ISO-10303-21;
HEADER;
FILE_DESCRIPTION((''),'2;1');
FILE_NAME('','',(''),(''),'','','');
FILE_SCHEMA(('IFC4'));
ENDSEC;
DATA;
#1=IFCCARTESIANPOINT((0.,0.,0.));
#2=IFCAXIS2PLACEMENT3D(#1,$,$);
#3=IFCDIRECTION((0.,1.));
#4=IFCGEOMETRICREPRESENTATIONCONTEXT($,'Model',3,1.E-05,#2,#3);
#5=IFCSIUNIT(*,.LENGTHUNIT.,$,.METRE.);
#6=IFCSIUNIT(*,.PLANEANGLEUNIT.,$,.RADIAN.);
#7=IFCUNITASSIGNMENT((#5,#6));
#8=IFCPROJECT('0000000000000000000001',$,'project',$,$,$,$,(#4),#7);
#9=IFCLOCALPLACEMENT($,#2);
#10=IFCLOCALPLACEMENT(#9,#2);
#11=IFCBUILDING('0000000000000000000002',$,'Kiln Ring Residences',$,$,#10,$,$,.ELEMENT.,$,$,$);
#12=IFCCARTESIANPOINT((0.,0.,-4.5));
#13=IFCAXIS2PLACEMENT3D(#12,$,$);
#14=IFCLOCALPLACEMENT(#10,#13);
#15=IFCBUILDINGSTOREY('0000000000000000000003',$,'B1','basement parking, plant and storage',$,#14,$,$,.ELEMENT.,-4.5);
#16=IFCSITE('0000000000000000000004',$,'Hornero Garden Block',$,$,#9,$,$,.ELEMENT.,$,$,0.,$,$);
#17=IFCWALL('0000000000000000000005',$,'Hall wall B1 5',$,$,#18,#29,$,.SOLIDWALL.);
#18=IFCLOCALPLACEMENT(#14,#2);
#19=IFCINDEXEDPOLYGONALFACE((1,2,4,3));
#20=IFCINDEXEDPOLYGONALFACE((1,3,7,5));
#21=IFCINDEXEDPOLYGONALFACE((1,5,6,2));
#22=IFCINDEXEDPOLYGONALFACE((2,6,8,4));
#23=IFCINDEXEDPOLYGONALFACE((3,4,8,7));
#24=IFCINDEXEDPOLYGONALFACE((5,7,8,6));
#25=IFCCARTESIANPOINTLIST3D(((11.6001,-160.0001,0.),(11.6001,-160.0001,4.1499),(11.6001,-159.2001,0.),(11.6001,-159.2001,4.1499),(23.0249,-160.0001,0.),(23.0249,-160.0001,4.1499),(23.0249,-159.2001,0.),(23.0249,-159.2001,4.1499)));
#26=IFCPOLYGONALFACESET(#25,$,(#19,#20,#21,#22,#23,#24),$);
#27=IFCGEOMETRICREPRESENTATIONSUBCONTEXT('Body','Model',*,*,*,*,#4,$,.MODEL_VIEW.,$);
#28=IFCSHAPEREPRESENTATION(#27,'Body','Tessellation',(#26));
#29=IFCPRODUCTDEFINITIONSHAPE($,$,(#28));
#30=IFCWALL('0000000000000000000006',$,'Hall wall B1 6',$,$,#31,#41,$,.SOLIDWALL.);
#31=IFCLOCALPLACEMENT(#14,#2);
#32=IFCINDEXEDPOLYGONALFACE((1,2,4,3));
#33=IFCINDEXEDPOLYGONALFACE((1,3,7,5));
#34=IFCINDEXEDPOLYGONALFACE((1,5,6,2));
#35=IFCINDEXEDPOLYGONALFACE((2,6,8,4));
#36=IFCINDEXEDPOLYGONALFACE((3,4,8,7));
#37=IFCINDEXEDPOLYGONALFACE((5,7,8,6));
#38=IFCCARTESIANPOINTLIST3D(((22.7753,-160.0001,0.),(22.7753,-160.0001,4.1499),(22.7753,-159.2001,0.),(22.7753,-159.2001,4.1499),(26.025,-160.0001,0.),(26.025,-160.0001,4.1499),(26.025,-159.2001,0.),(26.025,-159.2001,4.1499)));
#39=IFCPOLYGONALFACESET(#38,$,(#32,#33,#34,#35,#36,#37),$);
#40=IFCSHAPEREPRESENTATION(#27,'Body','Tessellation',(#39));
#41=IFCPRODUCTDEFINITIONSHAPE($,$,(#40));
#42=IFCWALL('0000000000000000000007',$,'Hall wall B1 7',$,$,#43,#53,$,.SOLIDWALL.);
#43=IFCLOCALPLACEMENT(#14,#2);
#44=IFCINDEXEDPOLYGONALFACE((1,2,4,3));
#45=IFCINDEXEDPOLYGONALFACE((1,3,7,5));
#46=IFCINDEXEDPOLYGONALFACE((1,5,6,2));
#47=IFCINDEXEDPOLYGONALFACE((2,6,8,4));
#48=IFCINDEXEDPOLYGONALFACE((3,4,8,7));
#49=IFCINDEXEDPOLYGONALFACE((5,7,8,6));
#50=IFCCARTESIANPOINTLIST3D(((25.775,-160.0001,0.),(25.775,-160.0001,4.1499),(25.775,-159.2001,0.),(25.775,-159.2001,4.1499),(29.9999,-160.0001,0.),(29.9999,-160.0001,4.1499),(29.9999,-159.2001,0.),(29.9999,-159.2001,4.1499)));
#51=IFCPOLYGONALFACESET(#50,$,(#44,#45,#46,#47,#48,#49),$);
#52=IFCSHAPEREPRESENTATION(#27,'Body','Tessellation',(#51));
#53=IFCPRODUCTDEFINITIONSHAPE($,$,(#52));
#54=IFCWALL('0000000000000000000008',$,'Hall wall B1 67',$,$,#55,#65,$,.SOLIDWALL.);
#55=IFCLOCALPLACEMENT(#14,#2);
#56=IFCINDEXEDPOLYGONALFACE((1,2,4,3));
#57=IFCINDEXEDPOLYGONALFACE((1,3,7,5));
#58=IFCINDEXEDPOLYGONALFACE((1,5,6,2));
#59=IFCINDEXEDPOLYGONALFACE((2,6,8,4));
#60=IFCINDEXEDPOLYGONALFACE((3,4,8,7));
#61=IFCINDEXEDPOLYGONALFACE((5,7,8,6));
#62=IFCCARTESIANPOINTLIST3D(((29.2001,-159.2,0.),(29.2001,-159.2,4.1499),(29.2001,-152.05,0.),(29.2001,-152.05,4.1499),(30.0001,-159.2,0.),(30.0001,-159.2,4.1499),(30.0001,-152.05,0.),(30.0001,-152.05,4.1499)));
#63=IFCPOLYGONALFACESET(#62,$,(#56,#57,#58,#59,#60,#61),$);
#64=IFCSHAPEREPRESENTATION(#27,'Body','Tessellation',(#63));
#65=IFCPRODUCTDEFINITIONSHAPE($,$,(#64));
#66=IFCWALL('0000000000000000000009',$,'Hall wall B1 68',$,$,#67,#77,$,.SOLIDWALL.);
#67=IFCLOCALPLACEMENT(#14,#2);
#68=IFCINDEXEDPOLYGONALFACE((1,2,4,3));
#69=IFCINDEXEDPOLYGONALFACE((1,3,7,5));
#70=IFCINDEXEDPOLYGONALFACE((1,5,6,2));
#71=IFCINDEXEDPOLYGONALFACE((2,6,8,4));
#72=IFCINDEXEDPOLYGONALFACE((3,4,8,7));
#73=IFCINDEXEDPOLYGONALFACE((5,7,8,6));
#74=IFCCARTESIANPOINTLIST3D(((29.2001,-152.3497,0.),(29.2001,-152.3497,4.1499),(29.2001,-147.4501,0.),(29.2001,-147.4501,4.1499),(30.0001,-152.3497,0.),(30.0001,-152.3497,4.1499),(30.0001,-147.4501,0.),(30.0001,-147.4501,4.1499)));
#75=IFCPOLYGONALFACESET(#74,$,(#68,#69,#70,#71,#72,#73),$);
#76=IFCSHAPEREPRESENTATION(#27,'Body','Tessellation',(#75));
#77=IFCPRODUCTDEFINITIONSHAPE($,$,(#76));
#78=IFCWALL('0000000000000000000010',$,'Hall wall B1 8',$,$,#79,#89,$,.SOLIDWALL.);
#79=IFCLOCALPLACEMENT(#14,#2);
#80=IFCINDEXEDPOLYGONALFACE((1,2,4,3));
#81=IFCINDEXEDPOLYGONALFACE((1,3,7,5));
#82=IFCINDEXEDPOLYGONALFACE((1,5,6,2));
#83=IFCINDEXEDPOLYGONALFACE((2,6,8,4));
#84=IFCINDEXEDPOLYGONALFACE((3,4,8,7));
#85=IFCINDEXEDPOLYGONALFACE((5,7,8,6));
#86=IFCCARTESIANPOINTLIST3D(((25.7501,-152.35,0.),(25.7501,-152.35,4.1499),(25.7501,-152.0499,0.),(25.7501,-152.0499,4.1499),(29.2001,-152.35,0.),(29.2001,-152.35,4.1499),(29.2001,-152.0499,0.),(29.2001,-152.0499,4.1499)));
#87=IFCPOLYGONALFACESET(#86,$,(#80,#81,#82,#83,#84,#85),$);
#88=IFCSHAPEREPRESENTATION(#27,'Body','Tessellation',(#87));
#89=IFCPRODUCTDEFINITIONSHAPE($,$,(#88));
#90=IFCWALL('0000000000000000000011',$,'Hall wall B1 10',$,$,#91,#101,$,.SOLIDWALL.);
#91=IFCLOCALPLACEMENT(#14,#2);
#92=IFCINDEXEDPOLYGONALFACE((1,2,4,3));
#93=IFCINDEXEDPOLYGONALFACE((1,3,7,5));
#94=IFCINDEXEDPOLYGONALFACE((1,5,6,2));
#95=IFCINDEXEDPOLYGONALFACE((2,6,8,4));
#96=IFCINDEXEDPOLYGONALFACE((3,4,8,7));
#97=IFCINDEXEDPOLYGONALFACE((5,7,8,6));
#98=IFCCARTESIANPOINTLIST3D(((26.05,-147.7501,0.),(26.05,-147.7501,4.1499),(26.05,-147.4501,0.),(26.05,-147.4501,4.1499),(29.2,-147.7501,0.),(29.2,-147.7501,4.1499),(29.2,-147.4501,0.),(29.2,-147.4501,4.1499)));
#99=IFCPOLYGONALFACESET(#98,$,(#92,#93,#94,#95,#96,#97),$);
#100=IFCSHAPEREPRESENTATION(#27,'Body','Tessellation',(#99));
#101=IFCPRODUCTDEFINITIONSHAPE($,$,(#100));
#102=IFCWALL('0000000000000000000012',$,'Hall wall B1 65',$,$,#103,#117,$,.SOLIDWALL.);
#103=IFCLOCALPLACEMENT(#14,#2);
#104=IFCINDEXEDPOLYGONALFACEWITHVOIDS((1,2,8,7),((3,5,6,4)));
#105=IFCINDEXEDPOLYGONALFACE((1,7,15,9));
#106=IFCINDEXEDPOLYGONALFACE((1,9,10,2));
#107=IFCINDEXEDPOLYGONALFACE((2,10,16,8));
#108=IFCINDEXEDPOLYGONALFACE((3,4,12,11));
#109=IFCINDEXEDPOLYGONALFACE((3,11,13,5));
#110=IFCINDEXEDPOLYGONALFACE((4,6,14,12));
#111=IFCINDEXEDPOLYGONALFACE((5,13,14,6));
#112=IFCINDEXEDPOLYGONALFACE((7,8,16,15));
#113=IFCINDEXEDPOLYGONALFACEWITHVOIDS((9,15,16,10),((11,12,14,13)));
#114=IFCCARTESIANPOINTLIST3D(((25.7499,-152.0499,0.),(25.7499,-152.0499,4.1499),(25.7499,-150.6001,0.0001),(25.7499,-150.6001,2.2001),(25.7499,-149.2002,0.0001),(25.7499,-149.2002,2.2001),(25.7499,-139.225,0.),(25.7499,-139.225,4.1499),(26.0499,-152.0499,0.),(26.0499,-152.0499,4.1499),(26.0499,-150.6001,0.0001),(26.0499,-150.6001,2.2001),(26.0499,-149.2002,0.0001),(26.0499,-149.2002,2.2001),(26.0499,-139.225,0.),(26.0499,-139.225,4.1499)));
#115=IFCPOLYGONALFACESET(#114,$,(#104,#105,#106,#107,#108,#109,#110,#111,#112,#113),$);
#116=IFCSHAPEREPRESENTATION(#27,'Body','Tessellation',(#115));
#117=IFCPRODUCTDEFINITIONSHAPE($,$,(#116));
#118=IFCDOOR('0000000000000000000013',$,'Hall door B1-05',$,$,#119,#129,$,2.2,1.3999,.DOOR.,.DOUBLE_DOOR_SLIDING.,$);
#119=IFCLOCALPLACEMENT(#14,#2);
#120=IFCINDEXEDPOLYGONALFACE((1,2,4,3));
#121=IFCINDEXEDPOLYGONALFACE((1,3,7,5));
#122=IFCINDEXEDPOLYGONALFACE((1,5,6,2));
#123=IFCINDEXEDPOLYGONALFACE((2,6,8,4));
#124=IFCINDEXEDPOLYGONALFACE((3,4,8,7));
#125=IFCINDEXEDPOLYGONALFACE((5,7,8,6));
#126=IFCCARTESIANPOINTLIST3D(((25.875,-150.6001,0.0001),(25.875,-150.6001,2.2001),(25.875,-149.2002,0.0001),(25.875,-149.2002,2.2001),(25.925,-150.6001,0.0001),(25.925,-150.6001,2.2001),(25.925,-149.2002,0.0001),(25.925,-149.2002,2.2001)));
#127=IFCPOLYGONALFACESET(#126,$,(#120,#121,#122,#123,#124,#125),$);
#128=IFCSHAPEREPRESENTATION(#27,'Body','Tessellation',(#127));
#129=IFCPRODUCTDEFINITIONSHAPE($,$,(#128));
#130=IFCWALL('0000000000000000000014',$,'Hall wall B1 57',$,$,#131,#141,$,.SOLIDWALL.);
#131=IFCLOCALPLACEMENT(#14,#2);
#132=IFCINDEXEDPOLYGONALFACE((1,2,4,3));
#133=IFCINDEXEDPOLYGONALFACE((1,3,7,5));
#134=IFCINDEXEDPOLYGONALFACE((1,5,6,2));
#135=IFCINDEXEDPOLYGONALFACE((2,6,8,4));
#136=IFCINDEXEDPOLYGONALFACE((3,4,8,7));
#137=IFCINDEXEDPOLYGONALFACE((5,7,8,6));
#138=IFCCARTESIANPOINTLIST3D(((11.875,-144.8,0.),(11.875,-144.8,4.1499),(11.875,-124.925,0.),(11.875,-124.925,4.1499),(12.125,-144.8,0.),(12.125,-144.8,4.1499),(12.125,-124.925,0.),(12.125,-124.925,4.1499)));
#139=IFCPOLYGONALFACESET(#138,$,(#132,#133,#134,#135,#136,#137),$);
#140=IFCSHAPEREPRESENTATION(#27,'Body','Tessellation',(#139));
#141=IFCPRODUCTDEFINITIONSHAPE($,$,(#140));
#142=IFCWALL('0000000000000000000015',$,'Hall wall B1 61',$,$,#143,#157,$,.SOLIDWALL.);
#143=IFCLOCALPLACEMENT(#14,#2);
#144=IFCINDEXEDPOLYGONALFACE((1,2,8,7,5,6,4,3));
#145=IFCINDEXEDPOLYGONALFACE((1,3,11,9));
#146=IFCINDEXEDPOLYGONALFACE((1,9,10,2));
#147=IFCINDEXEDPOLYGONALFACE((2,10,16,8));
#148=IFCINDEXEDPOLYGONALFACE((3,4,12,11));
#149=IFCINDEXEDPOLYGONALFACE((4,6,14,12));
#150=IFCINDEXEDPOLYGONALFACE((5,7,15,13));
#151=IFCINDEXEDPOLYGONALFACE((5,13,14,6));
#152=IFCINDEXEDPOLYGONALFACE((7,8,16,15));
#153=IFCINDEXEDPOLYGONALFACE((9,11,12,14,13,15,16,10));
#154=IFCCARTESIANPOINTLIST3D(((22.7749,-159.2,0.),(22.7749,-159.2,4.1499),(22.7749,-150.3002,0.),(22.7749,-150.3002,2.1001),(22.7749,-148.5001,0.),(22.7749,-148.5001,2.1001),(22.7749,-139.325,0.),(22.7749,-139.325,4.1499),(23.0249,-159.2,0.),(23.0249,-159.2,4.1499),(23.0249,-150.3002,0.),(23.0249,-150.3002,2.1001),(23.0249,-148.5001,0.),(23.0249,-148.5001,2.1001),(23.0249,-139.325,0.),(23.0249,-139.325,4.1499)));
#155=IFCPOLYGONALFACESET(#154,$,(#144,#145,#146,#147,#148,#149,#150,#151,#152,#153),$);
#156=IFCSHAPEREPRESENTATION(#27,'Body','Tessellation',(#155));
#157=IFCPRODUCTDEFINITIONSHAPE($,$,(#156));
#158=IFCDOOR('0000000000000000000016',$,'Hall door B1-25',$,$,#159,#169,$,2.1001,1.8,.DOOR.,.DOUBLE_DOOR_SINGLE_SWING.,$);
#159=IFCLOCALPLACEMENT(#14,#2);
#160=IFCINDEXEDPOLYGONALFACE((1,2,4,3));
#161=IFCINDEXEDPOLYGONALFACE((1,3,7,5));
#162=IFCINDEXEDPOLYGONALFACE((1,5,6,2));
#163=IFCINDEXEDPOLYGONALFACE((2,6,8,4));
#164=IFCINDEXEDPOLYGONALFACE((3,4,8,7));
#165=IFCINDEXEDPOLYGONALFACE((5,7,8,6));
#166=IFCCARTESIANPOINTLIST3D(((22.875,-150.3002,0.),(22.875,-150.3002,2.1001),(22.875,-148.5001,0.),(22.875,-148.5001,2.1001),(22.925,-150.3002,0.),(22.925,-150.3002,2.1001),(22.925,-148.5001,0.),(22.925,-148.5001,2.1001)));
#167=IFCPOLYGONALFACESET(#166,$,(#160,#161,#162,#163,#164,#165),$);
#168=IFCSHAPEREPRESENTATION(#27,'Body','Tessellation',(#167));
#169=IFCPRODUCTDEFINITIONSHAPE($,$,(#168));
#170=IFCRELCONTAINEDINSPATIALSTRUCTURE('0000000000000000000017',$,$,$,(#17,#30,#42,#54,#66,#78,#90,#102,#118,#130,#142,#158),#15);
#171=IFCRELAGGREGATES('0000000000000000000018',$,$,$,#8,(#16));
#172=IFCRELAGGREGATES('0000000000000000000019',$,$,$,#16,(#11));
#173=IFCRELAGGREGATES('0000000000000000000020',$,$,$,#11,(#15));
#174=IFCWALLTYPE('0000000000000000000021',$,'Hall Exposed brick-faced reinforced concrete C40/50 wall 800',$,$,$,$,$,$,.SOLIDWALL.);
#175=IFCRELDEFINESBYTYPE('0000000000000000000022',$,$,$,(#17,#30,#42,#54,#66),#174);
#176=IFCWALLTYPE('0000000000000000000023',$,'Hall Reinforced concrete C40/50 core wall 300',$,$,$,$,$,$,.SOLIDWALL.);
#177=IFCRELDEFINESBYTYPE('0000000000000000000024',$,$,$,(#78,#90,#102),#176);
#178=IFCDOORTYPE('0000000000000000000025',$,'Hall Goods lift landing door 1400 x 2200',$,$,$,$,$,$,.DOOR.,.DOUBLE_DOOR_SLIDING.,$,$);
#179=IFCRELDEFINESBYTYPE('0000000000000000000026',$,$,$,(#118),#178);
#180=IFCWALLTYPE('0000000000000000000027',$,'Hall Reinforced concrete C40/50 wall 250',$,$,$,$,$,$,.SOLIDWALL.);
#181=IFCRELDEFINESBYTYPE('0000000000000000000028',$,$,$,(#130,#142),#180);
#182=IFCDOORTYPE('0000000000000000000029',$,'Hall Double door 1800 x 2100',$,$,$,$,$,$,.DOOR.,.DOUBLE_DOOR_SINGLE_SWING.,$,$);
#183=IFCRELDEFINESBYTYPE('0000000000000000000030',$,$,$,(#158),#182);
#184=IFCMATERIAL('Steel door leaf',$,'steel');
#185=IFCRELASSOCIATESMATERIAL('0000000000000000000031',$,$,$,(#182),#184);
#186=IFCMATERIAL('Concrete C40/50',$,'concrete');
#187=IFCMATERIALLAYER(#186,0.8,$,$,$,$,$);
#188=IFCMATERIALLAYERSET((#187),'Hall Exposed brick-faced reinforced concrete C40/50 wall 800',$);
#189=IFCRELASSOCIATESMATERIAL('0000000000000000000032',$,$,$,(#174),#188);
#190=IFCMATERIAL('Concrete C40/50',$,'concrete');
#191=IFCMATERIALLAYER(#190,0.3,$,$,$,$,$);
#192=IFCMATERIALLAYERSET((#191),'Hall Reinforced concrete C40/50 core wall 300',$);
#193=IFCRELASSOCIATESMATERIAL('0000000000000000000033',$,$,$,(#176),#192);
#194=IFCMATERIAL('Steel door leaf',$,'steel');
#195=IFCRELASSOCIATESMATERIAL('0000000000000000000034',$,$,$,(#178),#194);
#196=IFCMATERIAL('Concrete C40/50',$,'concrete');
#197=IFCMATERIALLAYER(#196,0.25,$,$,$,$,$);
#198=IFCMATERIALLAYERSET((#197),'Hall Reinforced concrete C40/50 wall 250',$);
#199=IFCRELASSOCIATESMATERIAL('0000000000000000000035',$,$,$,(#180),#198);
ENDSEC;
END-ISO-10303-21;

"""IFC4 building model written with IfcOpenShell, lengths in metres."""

from ifc_helpers import new_model, si_unit, direction, frame, frame_2d, origin, place, context, subcontext, project, spatial, rectangle, extrude, material, layer, layer_set, type_object, element, fill, save


model = new_model("IFC4")

# Units and contexts
model_context = context("Model", 3, precision=1e-05, world=origin(), true_north=direction((0.0, 1.0)))
body_context = subcontext(model_context, "Body", "Model", "MODEL_VIEW")
ifc_project = project(units=[si_unit("LENGTHUNIT", "METRE"), si_unit("PLANEANGLEUNIT", "RADIAN")], contexts=[model_context])

# Site, building, storey
site_placement = place(None, origin())
site = spatial("IfcSite", under=ifc_project, at=site_placement, Name="Hornero Garden Block", CompositionType="ELEMENT", RefElevation=0.0)
building_placement = place(site_placement, origin())
building = spatial("IfcBuilding", under=site, at=building_placement, Name="Kiln Ring Residences", CompositionType="ELEMENT")
storey_placement = place(building_placement, frame((0.0, 0.0, -4.5)))
storey = spatial("IfcBuildingStorey", under=building, at=storey_placement, Name="B1", Description="basement parking, plant and storage", CompositionType="ELEMENT", Elevation=-4.5)

# Shared definitions
ifc_material_1 = material(Name="Steel door leaf", Category="steel")
door_type_1 = type_object("IfcDoorType", Name="Hall Double door 1800 x 2100", OperationType="DOUBLE_DOOR_SINGLE_SWING", PredefinedType="DOOR", material=ifc_material_1)

# Walls
ifc_material_2 = material(Name="Concrete C40/50", Category="concrete")
ifc_layer_1 = layer(ifc_material_2, 0.8)
ifc_layer_set_1 = layer_set([ifc_layer_1], Name="Hall Exposed brick-faced reinforced concrete C40/50 wall 800")
wall_type_1 = type_object("IfcWallType", Name="Hall Exposed brick-faced reinforced concrete C40/50 wall 800", PredefinedType="SOLIDWALL", material=ifc_layer_set_1)
wall_1_placement = place(storey_placement, frame((11.6001, -159.6001, 0.0), z_axis=(0.0, 0.0, 1.0), x_axis=(1.0, 0.0, 0.0)))
element("IfcWall", 1, at=wall_1_placement, inside=storey, type_object=wall_type_1, Name="Hall wall B1 5", PredefinedType="SOLIDWALL", context=body_context, shape_type="SweptSolid", body=[
    extrude(rectangle(XDim=11.4248, YDim=0.8, at=frame_2d((5.7124, 0.0))), origin(), (0.0, 0.0, 1.0), 4.1499),
])
wall_2_placement = place(storey_placement, frame((22.7751, -159.6001, 0.0), z_axis=(0.0, 0.0, 1.0), x_axis=(1.0, 0.0, 0.0)))
element("IfcWall", 2, at=wall_2_placement, inside=storey, type_object=wall_type_1, Name="Hall wall B1 6", PredefinedType="SOLIDWALL", context=body_context, shape_type="SweptSolid", body=[
    extrude(rectangle(XDim=3.2498, YDim=0.8, at=frame_2d((1.625, 0.0))), origin(), (0.0, 0.0, 1.0), 4.1499),
])
wall_3_placement = place(storey_placement, frame((25.7751, -159.6001, 0.0), z_axis=(0.0, 0.0, 1.0), x_axis=(1.0, 0.0, 0.0)))
element("IfcWall", 3, at=wall_3_placement, inside=storey, type_object=wall_type_1, Name="Hall wall B1 7", PredefinedType="SOLIDWALL", context=body_context, shape_type="SweptSolid", body=[
    extrude(rectangle(XDim=4.2249, YDim=0.8, at=frame_2d((2.1123, 0.0))), origin(), (0.0, 0.0, 1.0), 4.1499),
])
wall_4_placement = place(storey_placement, frame((29.6001, -152.05, 0.0), z_axis=(0.0, 0.0, 1.0), x_axis=(0.0, -1.0, 0.0)))
element("IfcWall", 4, at=wall_4_placement, inside=storey, type_object=wall_type_1, Name="Hall wall B1 67", PredefinedType="SOLIDWALL", context=body_context, shape_type="SweptSolid", body=[
    extrude(rectangle(XDim=7.1499, YDim=0.8, at=frame_2d((3.575, 0.0))), origin(), (0.0, 0.0, 1.0), 4.1499),
])
wall_5_placement = place(storey_placement, frame((29.6001, -147.4502, 0.0), z_axis=(0.0, 0.0, 1.0), x_axis=(0.0, -1.0, 0.0)))
element("IfcWall", 5, at=wall_5_placement, inside=storey, type_object=wall_type_1, Name="Hall wall B1 68", PredefinedType="SOLIDWALL", context=body_context, shape_type="SweptSolid", body=[
    extrude(rectangle(XDim=4.8997, YDim=0.8, at=frame_2d((2.4497, 0.0))), origin(), (0.0, 0.0, 1.0), 4.1499),
])
ifc_material_3 = material(Name="Concrete C40/50", Category="concrete")
ifc_layer_2 = layer(ifc_material_3, 0.3)
ifc_layer_set_2 = layer_set([ifc_layer_2], Name="Hall Reinforced concrete C40/50 core wall 300")
wall_type_2 = type_object("IfcWallType", Name="Hall Reinforced concrete C40/50 core wall 300", PredefinedType="SOLIDWALL", material=ifc_layer_set_2)
wall_6_placement = place(storey_placement, frame((25.75, -152.2, 0.0), z_axis=(0.0, 0.0, 1.0), x_axis=(1.0, 0.0, 0.0)))
element("IfcWall", 6, at=wall_6_placement, inside=storey, type_object=wall_type_2, Name="Hall wall B1 8", PredefinedType="SOLIDWALL", context=body_context, shape_type="SweptSolid", body=[
    extrude(rectangle(XDim=3.45, YDim=0.3, at=frame_2d((1.7251, 0.0))), origin(), (0.0, 0.0, 1.0), 4.1499),
])
wall_7_placement = place(storey_placement, frame((26.05, -147.6001, 0.0), z_axis=(0.0, 0.0, 1.0), x_axis=(1.0, 0.0, 0.0)))
element("IfcWall", 7, at=wall_7_placement, inside=storey, type_object=wall_type_2, Name="Hall wall B1 10", PredefinedType="SOLIDWALL", context=body_context, shape_type="SweptSolid", body=[
    extrude(rectangle(XDim=3.1499, YDim=0.3, at=frame_2d((1.575, 0.0))), origin(), (0.0, 0.0, 1.0), 4.1499),
])

# Wall, opening, door
wall_8_placement = place(storey_placement, frame((25.8999, -152.05, 0.0), z_axis=(0.0, 0.0, 1.0), x_axis=(0.0, 1.0, 0.0)))
wall_8 = element("IfcWall", 8, at=wall_8_placement, inside=storey, type_object=wall_type_2, Name="Hall wall B1 65", PredefinedType="SOLIDWALL", context=body_context, shape_type="SweptSolid", body=[
    extrude(rectangle(XDim=12.825, YDim=0.3, at=frame_2d((6.4126, 0.0))), origin(), (0.0, 0.0, 1.0), 4.1499),
])
opening_1_placement = place(wall_8_placement, frame((1.45, 0.0, 0.0)))
opening_1 = element("IfcOpeningElement", 9, at=opening_1_placement, cuts=wall_8, PredefinedType="OPENING", context=body_context, shape_type="SweptSolid", body=[
    extrude(rectangle(XDim=1.3999, YDim=2.2, at=frame_2d((0.7, 1.1001))), frame((0.0, 0.1599, 0.0), z_axis=(0.0, -1.0, 0.0), x_axis=(1.0, 0.0, 0.0)), (0.0, 0.0, 1.0), 0.3201),
])
ifc_material_4 = material(Name="Steel door leaf", Category="steel")
door_type_2 = type_object("IfcDoorType", Name="Hall Goods lift landing door 1400 x 2200", OperationType="DOUBLE_DOOR_SLIDING", PredefinedType="DOOR", material=ifc_material_4)
door_1_placement = place(opening_1_placement, origin())
door_1 = element("IfcDoor", 10, at=door_1_placement, inside=storey, type_object=door_type_2, Name="Hall door B1-05", OperationType="DOUBLE_DOOR_SLIDING", OverallHeight=2.2, OverallWidth=1.3999, PredefinedType="DOOR", context=body_context, shape_type="SweptSolid", body=[
    extrude(rectangle(XDim=1.3999, YDim=2.2, at=frame_2d((0.7, 1.1001))), frame((0.0, 0.0249, 0.0), z_axis=(0.0, -1.0, 0.0), x_axis=(1.0, 0.0, 0.0)), (0.0, 0.0, 1.0), 0.05),
])
fill(opening_1, door_1)

# Wall
ifc_material_5 = material(Name="Concrete C40/50", Category="concrete")
ifc_layer_3 = layer(ifc_material_5, 0.25)
ifc_layer_set_3 = layer_set([ifc_layer_3], Name="Hall Reinforced concrete C40/50 wall 250")
wall_type_3 = type_object("IfcWallType", Name="Hall Reinforced concrete C40/50 wall 250", PredefinedType="SOLIDWALL", material=ifc_layer_set_3)
wall_9_placement = place(storey_placement, frame((12.0, -144.8, 0.0), z_axis=(0.0, 0.0, 1.0), x_axis=(0.0, 1.0, 0.0)))
element("IfcWall", 11, at=wall_9_placement, inside=storey, type_object=wall_type_3, Name="Hall wall B1 57", PredefinedType="SOLIDWALL", context=body_context, shape_type="SweptSolid", body=[
    extrude(rectangle(XDim=19.875, YDim=0.25, at=frame_2d((9.9375, 0.0))), origin(), (0.0, 0.0, 1.0), 4.1499),
])

# Wall, opening, door
wall_10_placement = place(storey_placement, frame((22.8999, -159.2, 0.0), z_axis=(0.0, 0.0, 1.0), x_axis=(0.0, 1.0, 0.0)))
wall_10 = element("IfcWall", 12, at=wall_10_placement, inside=storey, type_object=wall_type_3, Name="Hall wall B1 61", PredefinedType="SOLIDWALL", context=body_context, shape_type="SweptSolid", body=[
    extrude(rectangle(XDim=19.875, YDim=0.25, at=frame_2d((9.9375, 0.0))), origin(), (0.0, 0.0, 1.0), 4.1499),
])
opening_2_placement = place(wall_10_placement, frame((8.8999, 0.0, 0.0)))
opening_2 = element("IfcOpeningElement", 13, at=opening_2_placement, cuts=wall_10, PredefinedType="OPENING", context=body_context, shape_type="SweptSolid", body=[
    extrude(rectangle(XDim=1.8, YDim=2.1001, at=frame_2d((0.8999, 1.05))), frame((0.0, 0.135, 0.0), z_axis=(0.0, -1.0, 0.0), x_axis=(1.0, 0.0, 0.0)), (0.0, 0.0, 1.0), 0.27),
])
door_2_placement = place(opening_2_placement, origin())
door_2 = element("IfcDoor", 14, at=door_2_placement, inside=storey, type_object=door_type_1, Name="Hall door B1-25", OperationType="DOUBLE_DOOR_SINGLE_SWING", OverallHeight=2.1001, OverallWidth=1.8, PredefinedType="DOOR", context=body_context, shape_type="SweptSolid", body=[
    extrude(rectangle(XDim=1.8, YDim=2.1001, at=frame_2d((0.8999, 1.05))), frame((0.0, 0.0249, 0.0), z_axis=(0.0, -1.0, 0.0), x_axis=(1.0, 0.0, 0.0)), (0.0, 0.0, 1.0), 0.05),
])
fill(opening_2, door_2)

save(model, "model.ifc")
